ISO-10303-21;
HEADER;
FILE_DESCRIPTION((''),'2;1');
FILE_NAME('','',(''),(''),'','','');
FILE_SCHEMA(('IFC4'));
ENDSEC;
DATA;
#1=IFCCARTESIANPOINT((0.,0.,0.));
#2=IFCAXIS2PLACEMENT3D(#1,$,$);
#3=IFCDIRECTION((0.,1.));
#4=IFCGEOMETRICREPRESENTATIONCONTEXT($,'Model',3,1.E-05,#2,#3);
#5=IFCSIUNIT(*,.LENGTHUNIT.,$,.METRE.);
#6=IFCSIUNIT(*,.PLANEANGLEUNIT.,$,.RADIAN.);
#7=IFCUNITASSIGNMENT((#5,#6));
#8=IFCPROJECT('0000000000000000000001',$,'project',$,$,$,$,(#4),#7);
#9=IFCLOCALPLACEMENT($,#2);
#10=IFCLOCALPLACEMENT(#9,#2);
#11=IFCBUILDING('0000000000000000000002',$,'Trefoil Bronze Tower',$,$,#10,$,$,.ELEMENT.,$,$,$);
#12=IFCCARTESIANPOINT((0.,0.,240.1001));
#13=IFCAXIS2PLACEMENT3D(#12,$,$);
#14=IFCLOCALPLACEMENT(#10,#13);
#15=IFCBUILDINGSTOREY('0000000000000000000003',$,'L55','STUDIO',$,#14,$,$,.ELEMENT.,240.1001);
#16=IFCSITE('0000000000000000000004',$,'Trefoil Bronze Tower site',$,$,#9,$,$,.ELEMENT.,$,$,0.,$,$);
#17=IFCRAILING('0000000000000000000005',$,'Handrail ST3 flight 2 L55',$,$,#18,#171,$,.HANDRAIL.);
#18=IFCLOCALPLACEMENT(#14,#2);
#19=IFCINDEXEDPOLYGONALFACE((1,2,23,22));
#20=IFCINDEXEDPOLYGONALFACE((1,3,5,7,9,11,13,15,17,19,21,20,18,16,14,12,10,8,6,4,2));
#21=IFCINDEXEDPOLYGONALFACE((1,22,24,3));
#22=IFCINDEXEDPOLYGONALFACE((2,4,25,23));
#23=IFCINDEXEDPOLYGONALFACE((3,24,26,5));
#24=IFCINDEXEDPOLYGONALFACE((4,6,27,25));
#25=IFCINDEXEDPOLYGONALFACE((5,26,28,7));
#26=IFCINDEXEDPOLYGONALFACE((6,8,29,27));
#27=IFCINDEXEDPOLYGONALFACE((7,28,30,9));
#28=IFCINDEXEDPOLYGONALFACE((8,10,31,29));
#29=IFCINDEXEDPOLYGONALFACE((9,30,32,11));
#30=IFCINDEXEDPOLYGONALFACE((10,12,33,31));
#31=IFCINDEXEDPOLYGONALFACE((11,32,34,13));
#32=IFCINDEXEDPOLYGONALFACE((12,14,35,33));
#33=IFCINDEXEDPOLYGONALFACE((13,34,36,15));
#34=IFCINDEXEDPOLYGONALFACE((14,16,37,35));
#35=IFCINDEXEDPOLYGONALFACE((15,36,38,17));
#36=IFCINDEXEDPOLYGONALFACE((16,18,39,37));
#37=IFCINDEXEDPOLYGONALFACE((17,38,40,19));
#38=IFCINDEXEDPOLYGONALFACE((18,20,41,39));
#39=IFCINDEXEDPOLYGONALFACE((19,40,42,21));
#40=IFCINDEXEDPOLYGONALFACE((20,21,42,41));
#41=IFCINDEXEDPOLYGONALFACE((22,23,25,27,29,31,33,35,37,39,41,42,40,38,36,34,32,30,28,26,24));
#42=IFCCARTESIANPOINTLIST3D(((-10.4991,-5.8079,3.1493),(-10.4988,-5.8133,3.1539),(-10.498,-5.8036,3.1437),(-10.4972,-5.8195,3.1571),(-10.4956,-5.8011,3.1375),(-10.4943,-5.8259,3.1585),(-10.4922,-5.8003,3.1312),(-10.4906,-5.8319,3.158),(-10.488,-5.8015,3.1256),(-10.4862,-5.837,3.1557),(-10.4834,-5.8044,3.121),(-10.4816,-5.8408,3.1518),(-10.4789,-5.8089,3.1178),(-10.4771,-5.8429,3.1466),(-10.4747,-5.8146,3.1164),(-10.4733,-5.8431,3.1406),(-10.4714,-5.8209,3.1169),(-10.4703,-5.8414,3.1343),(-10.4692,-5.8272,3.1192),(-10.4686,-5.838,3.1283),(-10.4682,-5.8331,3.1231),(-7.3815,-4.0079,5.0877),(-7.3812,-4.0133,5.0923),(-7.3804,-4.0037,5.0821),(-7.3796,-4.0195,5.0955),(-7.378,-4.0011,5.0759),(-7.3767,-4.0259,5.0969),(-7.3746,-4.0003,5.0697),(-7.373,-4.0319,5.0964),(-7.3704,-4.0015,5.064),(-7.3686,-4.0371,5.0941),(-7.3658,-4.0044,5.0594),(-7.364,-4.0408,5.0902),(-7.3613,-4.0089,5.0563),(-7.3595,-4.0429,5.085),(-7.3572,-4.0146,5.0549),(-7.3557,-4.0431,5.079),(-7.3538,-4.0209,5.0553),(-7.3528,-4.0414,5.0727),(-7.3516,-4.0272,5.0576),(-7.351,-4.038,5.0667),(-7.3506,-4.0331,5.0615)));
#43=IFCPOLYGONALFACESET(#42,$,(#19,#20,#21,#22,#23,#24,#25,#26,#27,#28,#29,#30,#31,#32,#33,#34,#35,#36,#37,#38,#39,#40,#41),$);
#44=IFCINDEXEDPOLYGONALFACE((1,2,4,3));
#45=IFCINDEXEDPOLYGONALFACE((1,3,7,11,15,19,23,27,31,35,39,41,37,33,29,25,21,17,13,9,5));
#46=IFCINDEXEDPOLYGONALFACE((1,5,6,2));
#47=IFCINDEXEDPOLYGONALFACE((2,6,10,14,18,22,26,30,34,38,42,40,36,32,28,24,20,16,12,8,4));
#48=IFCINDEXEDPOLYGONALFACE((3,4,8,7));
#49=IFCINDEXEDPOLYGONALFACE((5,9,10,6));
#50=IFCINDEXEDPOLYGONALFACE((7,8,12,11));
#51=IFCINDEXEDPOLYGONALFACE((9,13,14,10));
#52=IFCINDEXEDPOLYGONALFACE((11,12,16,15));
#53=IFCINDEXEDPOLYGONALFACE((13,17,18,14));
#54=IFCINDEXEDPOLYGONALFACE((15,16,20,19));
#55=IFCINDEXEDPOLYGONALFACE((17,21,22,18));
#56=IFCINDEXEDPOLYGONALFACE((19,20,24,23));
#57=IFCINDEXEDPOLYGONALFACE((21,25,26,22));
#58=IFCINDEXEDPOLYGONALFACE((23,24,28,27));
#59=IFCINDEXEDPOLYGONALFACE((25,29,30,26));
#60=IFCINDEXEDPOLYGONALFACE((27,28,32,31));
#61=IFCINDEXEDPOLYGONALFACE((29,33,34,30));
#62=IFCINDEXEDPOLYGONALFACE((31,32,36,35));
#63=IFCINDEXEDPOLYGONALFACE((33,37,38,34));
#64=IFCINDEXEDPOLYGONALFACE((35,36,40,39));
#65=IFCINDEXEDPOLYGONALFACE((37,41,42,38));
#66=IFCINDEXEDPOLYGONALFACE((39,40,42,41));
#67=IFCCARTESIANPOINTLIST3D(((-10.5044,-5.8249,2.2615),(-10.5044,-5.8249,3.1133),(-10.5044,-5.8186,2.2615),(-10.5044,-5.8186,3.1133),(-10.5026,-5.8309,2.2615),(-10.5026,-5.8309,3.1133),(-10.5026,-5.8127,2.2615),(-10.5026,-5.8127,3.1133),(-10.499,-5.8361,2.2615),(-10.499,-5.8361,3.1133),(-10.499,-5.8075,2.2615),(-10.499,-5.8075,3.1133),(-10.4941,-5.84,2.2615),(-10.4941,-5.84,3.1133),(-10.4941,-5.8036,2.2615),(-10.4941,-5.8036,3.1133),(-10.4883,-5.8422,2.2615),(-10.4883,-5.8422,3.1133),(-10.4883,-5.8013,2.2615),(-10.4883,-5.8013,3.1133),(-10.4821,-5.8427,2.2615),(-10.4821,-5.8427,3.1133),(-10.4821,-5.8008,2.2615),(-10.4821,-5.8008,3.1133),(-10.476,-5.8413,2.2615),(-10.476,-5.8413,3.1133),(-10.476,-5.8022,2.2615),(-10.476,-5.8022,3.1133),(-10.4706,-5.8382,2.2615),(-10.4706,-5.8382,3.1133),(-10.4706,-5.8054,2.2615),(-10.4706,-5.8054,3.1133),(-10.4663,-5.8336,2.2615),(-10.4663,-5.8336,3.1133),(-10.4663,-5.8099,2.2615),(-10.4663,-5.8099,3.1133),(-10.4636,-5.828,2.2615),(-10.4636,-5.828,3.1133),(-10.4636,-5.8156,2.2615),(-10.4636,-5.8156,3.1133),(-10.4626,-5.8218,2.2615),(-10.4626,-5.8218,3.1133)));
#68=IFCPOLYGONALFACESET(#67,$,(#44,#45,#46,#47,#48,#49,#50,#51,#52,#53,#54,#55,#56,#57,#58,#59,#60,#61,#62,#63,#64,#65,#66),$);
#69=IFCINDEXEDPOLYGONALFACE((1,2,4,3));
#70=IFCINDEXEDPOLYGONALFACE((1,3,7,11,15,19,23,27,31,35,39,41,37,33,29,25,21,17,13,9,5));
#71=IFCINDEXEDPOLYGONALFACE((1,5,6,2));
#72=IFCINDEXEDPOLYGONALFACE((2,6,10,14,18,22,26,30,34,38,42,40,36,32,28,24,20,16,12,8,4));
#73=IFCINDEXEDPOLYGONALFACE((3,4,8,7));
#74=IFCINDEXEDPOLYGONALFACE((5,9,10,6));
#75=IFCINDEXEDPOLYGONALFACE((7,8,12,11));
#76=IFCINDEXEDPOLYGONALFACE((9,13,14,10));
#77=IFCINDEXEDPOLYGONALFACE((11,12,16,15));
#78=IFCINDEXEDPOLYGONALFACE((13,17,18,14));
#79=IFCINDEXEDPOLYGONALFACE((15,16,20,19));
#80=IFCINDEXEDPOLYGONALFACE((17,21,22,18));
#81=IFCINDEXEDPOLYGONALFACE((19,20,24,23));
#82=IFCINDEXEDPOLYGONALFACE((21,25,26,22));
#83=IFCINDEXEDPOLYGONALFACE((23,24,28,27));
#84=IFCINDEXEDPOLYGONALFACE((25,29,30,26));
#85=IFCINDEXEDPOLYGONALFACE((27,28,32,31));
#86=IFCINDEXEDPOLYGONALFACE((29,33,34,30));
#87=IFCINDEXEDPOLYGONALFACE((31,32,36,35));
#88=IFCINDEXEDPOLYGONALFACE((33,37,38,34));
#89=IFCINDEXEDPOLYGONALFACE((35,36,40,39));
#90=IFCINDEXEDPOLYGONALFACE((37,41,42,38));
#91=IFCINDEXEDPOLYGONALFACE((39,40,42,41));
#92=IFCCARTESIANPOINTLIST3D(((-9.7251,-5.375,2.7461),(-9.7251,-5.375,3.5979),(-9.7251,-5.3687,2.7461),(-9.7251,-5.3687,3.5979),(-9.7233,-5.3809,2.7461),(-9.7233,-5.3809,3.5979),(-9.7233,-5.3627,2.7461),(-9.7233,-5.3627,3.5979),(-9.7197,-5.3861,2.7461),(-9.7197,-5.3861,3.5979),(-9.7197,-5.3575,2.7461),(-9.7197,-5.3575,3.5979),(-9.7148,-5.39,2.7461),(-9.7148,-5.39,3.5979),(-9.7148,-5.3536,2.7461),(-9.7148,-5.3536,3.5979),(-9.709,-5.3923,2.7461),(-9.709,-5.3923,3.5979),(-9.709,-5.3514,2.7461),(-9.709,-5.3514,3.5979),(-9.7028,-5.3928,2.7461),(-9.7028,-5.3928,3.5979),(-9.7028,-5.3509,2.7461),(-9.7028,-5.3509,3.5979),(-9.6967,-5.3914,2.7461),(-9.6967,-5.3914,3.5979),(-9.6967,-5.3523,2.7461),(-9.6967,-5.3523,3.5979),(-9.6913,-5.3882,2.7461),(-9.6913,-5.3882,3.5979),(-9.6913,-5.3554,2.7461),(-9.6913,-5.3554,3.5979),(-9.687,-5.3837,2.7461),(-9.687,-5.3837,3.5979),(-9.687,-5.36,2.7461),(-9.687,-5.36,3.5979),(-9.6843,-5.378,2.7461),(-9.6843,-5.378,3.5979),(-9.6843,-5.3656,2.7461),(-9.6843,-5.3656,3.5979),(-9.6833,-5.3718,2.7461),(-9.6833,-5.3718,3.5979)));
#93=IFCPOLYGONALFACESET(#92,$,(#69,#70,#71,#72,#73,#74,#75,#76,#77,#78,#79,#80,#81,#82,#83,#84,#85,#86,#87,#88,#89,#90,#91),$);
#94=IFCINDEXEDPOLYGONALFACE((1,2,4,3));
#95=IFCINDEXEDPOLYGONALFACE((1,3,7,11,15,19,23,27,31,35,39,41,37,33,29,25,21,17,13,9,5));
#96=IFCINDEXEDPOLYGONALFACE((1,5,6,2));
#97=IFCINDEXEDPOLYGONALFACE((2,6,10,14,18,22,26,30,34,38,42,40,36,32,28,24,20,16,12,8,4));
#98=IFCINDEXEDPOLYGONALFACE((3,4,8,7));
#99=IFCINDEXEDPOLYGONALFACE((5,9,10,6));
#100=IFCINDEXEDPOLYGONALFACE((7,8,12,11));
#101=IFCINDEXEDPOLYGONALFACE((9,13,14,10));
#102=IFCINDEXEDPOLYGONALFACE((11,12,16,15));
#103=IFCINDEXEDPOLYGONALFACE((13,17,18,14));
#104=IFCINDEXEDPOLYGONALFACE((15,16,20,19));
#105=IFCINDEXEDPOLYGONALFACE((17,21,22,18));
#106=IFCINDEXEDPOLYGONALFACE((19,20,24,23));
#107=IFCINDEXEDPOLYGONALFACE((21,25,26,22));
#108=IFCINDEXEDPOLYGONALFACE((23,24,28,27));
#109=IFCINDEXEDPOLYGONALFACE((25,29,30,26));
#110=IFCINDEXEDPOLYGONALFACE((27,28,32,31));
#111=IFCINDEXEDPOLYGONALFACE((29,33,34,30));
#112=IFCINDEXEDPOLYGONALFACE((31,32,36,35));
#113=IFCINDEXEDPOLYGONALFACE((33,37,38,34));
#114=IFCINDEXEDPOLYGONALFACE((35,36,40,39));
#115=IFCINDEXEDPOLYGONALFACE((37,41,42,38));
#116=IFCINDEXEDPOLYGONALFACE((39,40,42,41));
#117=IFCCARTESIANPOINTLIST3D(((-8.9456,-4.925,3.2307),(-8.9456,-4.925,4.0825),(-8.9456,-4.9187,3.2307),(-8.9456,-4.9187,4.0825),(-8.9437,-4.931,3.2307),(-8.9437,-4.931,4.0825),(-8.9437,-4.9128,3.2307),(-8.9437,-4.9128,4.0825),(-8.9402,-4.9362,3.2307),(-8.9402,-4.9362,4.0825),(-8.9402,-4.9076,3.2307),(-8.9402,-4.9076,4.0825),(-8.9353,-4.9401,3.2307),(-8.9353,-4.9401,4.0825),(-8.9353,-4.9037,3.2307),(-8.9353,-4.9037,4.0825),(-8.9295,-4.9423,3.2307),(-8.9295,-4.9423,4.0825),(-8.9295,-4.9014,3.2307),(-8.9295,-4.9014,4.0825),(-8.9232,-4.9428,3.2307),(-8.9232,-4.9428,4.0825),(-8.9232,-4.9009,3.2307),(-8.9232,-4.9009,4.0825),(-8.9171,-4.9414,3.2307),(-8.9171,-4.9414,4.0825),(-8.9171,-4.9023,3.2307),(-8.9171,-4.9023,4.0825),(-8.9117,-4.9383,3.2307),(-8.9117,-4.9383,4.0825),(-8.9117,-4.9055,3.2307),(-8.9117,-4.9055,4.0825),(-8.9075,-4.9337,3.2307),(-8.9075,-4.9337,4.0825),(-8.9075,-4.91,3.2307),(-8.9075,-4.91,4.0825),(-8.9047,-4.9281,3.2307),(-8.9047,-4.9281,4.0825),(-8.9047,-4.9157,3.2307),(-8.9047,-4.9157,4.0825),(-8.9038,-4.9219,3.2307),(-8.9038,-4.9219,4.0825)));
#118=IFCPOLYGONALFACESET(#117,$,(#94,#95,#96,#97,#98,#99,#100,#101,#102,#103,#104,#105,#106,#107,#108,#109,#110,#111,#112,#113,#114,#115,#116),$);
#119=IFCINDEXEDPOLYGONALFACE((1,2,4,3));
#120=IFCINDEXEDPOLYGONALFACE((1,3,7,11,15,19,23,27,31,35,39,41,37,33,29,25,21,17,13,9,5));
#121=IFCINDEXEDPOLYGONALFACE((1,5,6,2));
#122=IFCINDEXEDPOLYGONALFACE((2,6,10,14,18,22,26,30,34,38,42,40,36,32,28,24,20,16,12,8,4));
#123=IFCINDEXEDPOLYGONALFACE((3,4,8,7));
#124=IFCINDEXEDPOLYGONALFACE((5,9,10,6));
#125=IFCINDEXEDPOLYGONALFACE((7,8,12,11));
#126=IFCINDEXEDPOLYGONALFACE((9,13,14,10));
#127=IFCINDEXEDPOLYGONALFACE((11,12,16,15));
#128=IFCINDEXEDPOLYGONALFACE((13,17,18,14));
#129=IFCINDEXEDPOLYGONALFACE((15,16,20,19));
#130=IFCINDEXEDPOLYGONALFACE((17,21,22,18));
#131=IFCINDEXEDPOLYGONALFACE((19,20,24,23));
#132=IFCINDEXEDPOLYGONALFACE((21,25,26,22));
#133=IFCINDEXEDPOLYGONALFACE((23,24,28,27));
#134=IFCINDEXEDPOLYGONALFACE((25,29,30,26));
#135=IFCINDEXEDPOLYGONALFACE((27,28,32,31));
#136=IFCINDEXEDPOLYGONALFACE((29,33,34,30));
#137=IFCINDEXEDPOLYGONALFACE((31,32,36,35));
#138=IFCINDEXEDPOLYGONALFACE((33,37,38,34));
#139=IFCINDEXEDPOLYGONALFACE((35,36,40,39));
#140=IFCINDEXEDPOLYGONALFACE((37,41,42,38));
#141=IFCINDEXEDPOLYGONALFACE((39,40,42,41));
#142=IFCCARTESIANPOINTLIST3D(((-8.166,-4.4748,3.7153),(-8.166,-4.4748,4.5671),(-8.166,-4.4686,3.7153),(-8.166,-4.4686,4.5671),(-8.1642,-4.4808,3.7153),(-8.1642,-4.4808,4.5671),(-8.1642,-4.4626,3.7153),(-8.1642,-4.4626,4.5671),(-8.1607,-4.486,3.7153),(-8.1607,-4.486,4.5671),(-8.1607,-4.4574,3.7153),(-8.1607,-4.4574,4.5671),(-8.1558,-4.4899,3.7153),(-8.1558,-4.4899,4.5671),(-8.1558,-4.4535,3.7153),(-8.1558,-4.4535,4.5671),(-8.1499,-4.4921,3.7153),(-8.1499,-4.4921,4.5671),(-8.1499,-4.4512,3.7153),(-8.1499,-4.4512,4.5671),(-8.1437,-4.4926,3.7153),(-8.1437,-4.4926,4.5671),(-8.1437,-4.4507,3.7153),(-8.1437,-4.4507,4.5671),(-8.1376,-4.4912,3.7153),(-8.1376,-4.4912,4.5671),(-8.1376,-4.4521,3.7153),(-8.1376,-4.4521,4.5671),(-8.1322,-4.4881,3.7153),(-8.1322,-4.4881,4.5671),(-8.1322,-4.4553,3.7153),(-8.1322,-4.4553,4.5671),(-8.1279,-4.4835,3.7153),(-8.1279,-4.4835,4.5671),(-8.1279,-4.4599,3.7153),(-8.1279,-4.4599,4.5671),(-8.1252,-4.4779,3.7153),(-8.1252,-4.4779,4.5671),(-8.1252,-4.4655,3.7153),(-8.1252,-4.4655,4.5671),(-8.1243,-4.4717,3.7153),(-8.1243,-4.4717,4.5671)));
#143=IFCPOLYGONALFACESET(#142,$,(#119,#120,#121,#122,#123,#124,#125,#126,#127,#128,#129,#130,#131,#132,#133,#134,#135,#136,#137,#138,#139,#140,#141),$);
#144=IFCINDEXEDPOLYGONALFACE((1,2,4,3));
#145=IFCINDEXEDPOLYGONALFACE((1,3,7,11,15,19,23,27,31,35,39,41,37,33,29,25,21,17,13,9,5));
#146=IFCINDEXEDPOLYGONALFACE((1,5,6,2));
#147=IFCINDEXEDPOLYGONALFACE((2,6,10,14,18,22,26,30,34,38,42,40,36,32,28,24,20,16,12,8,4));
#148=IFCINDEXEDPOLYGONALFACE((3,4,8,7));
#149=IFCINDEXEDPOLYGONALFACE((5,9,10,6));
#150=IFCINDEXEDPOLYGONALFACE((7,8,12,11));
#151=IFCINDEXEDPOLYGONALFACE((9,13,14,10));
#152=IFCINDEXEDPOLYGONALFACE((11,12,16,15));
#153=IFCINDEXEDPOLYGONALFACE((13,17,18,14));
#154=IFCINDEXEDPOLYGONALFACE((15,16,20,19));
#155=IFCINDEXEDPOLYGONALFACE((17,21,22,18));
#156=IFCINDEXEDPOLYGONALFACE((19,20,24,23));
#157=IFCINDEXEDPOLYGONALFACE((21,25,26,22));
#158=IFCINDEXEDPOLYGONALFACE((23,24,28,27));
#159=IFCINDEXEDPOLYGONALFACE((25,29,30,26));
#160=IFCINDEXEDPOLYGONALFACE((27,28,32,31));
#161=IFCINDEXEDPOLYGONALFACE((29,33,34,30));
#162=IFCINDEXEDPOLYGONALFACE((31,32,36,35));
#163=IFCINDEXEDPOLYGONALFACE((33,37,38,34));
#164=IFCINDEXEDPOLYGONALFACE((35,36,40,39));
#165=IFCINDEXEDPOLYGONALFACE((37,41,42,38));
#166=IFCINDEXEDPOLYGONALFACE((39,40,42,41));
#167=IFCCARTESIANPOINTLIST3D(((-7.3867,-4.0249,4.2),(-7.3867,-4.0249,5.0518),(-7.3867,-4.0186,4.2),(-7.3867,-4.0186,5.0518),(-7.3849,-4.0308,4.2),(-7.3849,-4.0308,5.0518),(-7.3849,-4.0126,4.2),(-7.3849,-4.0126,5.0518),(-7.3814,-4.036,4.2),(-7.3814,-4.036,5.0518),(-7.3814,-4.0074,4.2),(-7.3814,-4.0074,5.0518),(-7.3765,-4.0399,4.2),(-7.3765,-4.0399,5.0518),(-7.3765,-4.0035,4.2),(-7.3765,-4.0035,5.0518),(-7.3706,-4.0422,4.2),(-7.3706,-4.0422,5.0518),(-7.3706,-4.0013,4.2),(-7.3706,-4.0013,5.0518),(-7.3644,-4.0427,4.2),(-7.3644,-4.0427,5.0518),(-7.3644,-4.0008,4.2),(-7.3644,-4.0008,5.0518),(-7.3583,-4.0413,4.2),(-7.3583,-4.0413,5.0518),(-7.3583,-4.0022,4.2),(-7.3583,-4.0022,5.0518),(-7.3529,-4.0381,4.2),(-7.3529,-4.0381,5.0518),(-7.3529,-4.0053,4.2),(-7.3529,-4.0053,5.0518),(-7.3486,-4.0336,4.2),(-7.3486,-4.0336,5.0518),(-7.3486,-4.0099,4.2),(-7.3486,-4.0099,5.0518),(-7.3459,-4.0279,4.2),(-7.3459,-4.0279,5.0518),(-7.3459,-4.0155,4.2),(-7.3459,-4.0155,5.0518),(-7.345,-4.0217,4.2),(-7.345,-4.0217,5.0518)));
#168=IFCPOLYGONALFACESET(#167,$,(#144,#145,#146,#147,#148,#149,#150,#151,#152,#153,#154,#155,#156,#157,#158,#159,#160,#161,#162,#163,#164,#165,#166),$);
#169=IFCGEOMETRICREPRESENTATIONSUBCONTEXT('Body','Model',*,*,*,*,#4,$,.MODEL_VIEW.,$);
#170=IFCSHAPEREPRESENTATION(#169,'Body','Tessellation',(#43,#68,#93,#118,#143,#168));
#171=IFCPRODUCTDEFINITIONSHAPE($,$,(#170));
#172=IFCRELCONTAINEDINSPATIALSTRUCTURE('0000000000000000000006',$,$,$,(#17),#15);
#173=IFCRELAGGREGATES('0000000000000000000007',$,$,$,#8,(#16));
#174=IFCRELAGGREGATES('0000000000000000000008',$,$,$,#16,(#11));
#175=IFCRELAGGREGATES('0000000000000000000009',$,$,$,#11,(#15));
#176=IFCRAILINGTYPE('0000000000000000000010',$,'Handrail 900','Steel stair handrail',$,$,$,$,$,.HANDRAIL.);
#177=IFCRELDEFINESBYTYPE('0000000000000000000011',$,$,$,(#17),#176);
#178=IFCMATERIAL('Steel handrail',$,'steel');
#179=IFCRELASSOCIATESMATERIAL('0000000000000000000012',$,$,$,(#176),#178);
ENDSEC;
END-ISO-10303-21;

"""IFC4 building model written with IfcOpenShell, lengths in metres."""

from ifc_helpers import new_model, si_unit, direction, frame, origin, origin_2d, place, context, subcontext, project, spatial, circle, extrude, material, type_object, element, save


model = new_model("IFC4")

# Units and contexts
model_context = context("Model", 3, precision=1e-05, world=origin(), true_north=direction((0.0, 1.0)))
body_context = subcontext(model_context, "Body", "Model", "MODEL_VIEW")
ifc_project = project(units=[si_unit("LENGTHUNIT", "METRE"), si_unit("PLANEANGLEUNIT", "RADIAN")], contexts=[model_context])

# Site, building, storey
site_placement = place(None, origin())
site = spatial("IfcSite", under=ifc_project, at=site_placement, Name="Trefoil Bronze Tower site", CompositionType="ELEMENT", RefElevation=0.0)
building_placement = place(site_placement, origin())
building = spatial("IfcBuilding", under=site, at=building_placement, Name="Trefoil Bronze Tower", CompositionType="ELEMENT")
storey_placement = place(building_placement, frame((0.0, 0.0, 240.1001)))
storey = spatial("IfcBuildingStorey", under=building, at=storey_placement, Name="L55", Description="STUDIO", CompositionType="ELEMENT", Elevation=240.1001)

# Railing
ifc_material_1 = material(Name="Steel handrail", Category="steel")
railing_type = type_object("IfcRailingType", Name="Handrail 900", Description="Steel stair handrail", PredefinedType="HANDRAIL", material=ifc_material_1)
railing_placement = place(storey_placement, frame((-10.4836, -5.8218, 2.2615)))
element("IfcRailing", 1, at=railing_placement, inside=storey, type_object=railing_type, Name="Handrail ST3 flight 2 L55", PredefinedType="HANDRAIL", context=body_context, shape_type="SweptSolid", body=[
    extrude(circle(Radius=0.0239, at=origin_2d()), frame((0.0, 0.0, 0.876), z_axis=(0.762503, 0.440246, 0.474102), x_axis=(-0.500012, 0.866018, 0.0)), (0.0, 0.0, 1.0), 4.0886),
    extrude(circle(Radius=0.021, at=origin_2d()), origin(), (0.0, 0.0, 1.0), 0.8518),
    extrude(circle(Radius=0.021, at=origin_2d()), frame((0.7793, 0.45, 0.4846)), (0.0, 0.0, 1.0), 0.8518),
    extrude(circle(Radius=0.021, at=origin_2d()), frame((1.5588, 0.8999, 0.9692)), (0.0, 0.0, 1.0), 0.8518),
    extrude(circle(Radius=0.021, at=origin_2d()), frame((2.3384, 1.3501, 1.4539)), (0.0, 0.0, 1.0), 0.8518),
    extrude(circle(Radius=0.021, at=origin_2d()), frame((3.1177, 1.8, 1.9385)), (0.0, 0.0, 1.0), 0.8518),
])

save(model, "model.ifc")
